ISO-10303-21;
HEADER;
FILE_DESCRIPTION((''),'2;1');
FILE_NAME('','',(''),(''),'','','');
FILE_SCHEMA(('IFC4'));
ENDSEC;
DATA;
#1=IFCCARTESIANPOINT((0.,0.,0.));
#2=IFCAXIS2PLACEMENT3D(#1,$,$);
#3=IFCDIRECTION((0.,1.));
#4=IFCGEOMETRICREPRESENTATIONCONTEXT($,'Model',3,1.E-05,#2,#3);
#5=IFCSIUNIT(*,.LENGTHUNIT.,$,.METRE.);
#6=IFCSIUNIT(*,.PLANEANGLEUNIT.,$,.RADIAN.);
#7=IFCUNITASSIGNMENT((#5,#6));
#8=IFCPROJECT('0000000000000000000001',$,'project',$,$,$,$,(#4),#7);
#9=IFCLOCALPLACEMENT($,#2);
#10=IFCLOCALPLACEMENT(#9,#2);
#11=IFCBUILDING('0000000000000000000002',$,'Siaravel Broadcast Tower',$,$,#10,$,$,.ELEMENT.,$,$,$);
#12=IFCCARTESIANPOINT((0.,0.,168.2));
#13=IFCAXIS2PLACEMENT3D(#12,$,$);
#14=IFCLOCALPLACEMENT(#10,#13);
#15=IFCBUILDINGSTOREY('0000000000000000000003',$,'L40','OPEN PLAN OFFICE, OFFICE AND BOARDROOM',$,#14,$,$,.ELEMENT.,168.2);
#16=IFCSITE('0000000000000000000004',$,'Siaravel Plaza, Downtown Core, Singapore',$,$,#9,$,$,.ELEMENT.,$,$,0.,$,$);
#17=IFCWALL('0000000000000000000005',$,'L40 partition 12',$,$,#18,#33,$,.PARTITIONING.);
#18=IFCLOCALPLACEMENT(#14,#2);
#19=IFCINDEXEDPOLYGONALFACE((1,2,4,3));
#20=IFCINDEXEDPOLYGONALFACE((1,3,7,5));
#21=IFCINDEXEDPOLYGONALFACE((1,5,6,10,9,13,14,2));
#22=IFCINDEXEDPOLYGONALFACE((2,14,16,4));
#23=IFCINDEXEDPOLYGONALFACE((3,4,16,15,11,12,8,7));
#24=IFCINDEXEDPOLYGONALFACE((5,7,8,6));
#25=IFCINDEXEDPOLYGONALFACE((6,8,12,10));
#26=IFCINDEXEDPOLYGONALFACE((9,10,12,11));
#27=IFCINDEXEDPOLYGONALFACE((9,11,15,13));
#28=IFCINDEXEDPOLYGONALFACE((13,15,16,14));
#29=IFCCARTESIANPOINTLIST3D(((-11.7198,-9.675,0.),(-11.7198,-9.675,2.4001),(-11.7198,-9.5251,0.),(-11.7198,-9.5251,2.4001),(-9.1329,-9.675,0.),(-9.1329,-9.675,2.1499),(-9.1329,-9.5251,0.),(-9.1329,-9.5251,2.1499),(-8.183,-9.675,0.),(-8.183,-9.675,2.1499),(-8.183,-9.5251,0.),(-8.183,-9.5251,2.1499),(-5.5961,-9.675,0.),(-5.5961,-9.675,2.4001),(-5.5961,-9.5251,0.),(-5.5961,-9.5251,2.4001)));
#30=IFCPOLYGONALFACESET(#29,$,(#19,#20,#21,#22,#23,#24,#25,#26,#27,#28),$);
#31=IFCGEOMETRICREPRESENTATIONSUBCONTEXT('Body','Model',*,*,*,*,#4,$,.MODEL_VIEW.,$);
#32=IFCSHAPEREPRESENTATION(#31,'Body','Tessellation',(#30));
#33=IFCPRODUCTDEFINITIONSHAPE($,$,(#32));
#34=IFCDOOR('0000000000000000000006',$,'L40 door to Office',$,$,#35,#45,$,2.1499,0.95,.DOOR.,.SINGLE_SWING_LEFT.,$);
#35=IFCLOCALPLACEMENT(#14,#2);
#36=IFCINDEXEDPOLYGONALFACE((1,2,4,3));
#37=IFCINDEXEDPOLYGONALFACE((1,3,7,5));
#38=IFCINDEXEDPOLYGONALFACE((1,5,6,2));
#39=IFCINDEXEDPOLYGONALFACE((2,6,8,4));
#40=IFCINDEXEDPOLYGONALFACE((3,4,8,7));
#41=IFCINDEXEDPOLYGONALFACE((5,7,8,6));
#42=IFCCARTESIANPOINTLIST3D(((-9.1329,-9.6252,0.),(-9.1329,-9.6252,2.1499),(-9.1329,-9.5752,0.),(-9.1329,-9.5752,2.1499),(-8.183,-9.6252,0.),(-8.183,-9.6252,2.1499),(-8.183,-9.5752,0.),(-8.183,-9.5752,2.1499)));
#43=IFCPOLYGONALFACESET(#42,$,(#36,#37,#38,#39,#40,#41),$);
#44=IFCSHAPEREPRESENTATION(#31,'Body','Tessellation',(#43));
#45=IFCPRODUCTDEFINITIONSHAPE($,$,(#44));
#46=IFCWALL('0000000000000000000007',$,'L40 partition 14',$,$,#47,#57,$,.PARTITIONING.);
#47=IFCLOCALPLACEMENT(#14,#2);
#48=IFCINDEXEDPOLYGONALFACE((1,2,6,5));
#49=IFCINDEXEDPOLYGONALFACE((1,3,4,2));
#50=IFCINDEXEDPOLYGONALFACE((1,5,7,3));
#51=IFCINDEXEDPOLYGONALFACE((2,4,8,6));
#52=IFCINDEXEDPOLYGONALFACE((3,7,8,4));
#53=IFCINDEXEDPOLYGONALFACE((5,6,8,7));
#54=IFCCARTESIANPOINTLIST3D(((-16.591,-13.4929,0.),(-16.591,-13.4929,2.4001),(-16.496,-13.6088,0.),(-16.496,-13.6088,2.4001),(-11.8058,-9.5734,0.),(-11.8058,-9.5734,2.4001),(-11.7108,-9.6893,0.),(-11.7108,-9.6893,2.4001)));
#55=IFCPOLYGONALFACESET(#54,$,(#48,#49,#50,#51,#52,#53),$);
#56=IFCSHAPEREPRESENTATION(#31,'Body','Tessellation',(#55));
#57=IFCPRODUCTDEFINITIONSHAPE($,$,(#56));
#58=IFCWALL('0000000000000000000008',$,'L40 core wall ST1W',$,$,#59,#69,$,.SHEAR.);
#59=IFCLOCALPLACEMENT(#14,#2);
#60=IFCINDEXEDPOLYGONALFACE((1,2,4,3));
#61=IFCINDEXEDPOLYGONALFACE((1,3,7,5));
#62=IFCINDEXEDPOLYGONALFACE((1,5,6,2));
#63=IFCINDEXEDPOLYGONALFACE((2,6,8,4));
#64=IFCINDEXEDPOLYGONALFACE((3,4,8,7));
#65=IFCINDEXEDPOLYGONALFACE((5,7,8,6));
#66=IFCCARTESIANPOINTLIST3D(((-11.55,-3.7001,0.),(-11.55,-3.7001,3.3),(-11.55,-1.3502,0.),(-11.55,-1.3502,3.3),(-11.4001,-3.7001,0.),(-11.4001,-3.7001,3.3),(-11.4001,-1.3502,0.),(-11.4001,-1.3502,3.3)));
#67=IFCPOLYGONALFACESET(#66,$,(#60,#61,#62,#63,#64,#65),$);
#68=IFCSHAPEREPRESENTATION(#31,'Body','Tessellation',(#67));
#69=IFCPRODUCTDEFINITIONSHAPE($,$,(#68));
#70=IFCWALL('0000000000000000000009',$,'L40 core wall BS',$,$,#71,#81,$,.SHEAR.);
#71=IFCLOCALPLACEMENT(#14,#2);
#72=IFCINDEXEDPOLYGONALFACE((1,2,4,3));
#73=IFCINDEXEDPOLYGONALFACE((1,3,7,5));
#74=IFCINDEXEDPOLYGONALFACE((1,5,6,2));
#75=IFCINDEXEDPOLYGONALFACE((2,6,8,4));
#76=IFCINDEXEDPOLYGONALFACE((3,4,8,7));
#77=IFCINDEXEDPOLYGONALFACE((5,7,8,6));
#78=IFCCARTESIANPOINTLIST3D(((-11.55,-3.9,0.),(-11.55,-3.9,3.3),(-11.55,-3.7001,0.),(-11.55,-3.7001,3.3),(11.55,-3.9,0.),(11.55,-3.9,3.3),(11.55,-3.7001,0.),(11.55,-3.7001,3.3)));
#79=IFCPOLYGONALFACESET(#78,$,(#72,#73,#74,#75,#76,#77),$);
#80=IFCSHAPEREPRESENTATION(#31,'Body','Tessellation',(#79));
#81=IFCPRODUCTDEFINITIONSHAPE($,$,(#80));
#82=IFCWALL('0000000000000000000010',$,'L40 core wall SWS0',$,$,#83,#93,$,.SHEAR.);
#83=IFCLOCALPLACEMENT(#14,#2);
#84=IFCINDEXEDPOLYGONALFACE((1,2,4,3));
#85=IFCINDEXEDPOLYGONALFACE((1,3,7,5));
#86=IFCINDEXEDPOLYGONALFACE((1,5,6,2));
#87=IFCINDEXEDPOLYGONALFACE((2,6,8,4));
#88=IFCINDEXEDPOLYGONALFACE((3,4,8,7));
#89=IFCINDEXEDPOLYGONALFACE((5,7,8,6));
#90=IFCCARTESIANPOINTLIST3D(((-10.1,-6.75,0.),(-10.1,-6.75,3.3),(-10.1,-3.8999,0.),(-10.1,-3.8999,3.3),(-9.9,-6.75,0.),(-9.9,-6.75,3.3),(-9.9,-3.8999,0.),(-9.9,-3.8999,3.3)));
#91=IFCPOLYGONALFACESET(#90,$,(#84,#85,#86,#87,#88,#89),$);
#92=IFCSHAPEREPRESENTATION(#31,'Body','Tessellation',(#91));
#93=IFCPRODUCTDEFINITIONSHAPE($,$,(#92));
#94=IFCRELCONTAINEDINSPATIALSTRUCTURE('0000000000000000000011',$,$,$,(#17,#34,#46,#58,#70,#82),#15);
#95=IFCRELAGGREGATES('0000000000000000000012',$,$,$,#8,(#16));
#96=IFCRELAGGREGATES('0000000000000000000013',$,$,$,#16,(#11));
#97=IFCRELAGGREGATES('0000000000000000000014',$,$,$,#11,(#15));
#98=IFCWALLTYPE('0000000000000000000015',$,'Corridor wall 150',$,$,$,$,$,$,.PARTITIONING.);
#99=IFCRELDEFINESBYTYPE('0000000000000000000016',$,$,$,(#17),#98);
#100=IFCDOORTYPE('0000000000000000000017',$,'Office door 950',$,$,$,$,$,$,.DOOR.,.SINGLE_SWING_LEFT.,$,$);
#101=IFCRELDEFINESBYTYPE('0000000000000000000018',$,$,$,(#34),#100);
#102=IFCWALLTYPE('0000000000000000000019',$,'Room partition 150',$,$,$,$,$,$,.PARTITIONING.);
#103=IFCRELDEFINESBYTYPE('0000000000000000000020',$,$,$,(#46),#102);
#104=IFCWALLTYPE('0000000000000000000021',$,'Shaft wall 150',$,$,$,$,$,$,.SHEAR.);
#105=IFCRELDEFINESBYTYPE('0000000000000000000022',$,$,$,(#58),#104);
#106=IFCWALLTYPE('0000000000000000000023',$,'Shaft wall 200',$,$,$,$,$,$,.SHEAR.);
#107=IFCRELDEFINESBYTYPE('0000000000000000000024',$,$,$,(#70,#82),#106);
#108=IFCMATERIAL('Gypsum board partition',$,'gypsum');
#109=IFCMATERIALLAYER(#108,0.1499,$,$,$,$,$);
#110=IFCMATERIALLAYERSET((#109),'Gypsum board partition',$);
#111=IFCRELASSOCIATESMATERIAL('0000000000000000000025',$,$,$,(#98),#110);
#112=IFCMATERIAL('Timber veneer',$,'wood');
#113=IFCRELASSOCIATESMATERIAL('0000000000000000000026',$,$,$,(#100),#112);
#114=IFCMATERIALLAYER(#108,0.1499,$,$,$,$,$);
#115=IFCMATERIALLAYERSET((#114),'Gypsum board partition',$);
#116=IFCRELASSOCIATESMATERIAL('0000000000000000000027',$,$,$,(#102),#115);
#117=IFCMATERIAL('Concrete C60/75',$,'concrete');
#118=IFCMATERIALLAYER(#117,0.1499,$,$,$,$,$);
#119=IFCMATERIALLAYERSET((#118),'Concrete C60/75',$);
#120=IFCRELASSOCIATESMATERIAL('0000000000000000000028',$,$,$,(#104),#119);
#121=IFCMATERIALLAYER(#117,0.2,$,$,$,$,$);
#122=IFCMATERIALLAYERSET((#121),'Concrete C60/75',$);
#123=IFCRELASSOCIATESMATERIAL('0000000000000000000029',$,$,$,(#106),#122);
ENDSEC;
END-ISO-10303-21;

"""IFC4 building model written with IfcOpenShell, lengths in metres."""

from ifc_helpers import new_model, si_unit, direction, frame, frame_2d, origin, place, context, subcontext, project, spatial, rectangle, extrude, material, layer, layer_set, type_object, element, fill, save


model = new_model("IFC4")

# Units and contexts
model_context = context("Model", 3, precision=1e-05, world=origin(), true_north=direction((0.0, 1.0)))
body_context = subcontext(model_context, "Body", "Model", "MODEL_VIEW")
ifc_project = project(units=[si_unit("LENGTHUNIT", "METRE"), si_unit("PLANEANGLEUNIT", "RADIAN")], contexts=[model_context])

# Site, building, storey
site_placement = place(None, origin())
site = spatial("IfcSite", under=ifc_project, at=site_placement, Name="Siaravel Plaza, Downtown Core, Singapore", CompositionType="ELEMENT", RefElevation=0.0)
building_placement = place(site_placement, origin())
building = spatial("IfcBuilding", under=site, at=building_placement, Name="Siaravel Broadcast Tower", CompositionType="ELEMENT")
storey_placement = place(building_placement, frame((0.0, 0.0, 168.2)))
storey = spatial("IfcBuildingStorey", under=building, at=storey_placement, Name="L40", Description="OPEN PLAN OFFICE, OFFICE AND BOARDROOM", CompositionType="ELEMENT", Elevation=168.2)

# Shared definitions
ifc_material_1 = material(Name="Concrete C60/75", Category="concrete")

# Shared definitions
ifc_material_2 = material(Name="Timber veneer", Category="wood")

# Wall, opening, door
ifc_material_3 = material(Name="Gypsum board partition", Category="gypsum")
ifc_layer_1 = layer(ifc_material_3, 0.1499)
ifc_layer_set_1 = layer_set([ifc_layer_1], Name="Gypsum board partition")
wall_type_1 = type_object("IfcWallType", Name="Corridor wall 150", PredefinedType="PARTITIONING", material=ifc_layer_set_1)
wall_1_placement = place(storey_placement, frame((-11.72, -9.6001, 0.0), z_axis=(0.0, 0.0, 1.0), x_axis=(1.0, 0.0, 0.0)))
wall_1 = element("IfcWall", 1, at=wall_1_placement, inside=storey, type_object=wall_type_1, Name="L40 partition 12", PredefinedType="PARTITIONING", context=body_context, shape_type="SweptSolid", body=[
    extrude(rectangle(XDim=6.1238, YDim=0.1499, at=frame_2d((3.062, 0.0))), origin(), (0.0, 0.0, 1.0), 2.4001),
])
opening_1_placement = place(wall_1_placement, frame((2.5869, 0.0, 0.0)))
opening_1 = element("IfcOpeningElement", 2, at=opening_1_placement, cuts=wall_1, PredefinedType="OPENING", context=body_context, shape_type="SweptSolid", body=[
    extrude(rectangle(XDim=0.95, YDim=2.1499, at=frame_2d((0.4751, 1.075))), frame((0.0, 0.085, 0.0), z_axis=(0.0, -1.0, 0.0), x_axis=(1.0, 0.0, 0.0)), (0.0, 0.0, 1.0), 0.1699),
])
door_type_1 = type_object("IfcDoorType", Name="Office door 950", OperationType="SINGLE_SWING_LEFT", PredefinedType="DOOR", material=ifc_material_2)
door_1_placement = place(opening_1_placement, origin())
door_1 = element("IfcDoor", 3, at=door_1_placement, inside=storey, type_object=door_type_1, Name="L40 door to Office", OperationType="SINGLE_SWING_LEFT", OverallHeight=2.1499, OverallWidth=0.95, PredefinedType="DOOR", context=body_context, shape_type="SweptSolid", body=[
    extrude(rectangle(XDim=0.95, YDim=2.1499, at=frame_2d((0.4751, 1.075))), frame((0.0, 0.0249, 0.0), z_axis=(0.0, -1.0, 0.0), x_axis=(1.0, 0.0, 0.0)), (0.0, 0.0, 1.0), 0.05),
])
fill(opening_1, door_1)

# Walls
ifc_layer_2 = layer(ifc_material_3, 0.1499)
ifc_layer_set_2 = layer_set([ifc_layer_2], Name="Gypsum board partition")
wall_type_2 = type_object("IfcWallType", Name="Room partition 150", PredefinedType="PARTITIONING", material=ifc_layer_set_2)
wall_2_placement = place(storey_placement, frame((-11.7583, -9.6313, 0.0), z_axis=(0.0, 0.0, 1.0), x_axis=(-0.773616, -0.633655, 0.0)))
element("IfcWall", 4, at=wall_2_placement, inside=storey, type_object=wall_type_2, Name="L40 partition 14", PredefinedType="PARTITIONING", context=body_context, shape_type="SweptSolid", body=[
    extrude(rectangle(XDim=6.1855, YDim=0.1499, at=frame_2d((3.0928, 0.0))), origin(), (0.0, 0.0, 1.0), 2.4001),
])
ifc_layer_3 = layer(ifc_material_1, 0.1499)
ifc_layer_set_3 = layer_set([ifc_layer_3], Name="Concrete C60/75")
wall_type_3 = type_object("IfcWallType", Name="Shaft wall 150", PredefinedType="SHEAR", material=ifc_layer_set_3)
wall_3_placement = place(storey_placement, frame((-11.4751, -3.7, 0.0), z_axis=(0.0, 0.0, 1.0), x_axis=(0.0, 1.0, 0.0)))
element("IfcWall", 5, at=wall_3_placement, inside=storey, type_object=wall_type_3, Name="L40 core wall ST1W", PredefinedType="SHEAR", context=body_context, shape_type="SweptSolid", body=[
    extrude(rectangle(XDim=2.3499, YDim=0.1499, at=frame_2d((1.1748, 0.0))), origin(), (0.0, 0.0, 1.0), 3.3),
])
ifc_layer_4 = layer(ifc_material_1, 0.2)
ifc_layer_set_4 = layer_set([ifc_layer_4], Name="Concrete C60/75")
wall_type_4 = type_object("IfcWallType", Name="Shaft wall 200", PredefinedType="SHEAR", material=ifc_layer_set_4)
wall_4_placement = place(storey_placement, frame((-11.55, -3.8, 0.0), z_axis=(0.0, 0.0, 1.0), x_axis=(1.0, 0.0, 0.0)))
element("IfcWall", 6, at=wall_4_placement, inside=storey, type_object=wall_type_4, Name="L40 core wall BS", PredefinedType="SHEAR", context=body_context, shape_type="SweptSolid", body=[
    extrude(rectangle(XDim=23.1001, YDim=0.2, at=frame_2d((11.55, 0.0))), origin(), (0.0, 0.0, 1.0), 3.3),
])
wall_5_placement = place(storey_placement, frame((-10.0, -6.75, 0.0), z_axis=(0.0, 0.0, 1.0), x_axis=(0.0, 1.0, 0.0)))
element("IfcWall", 7, at=wall_5_placement, inside=storey, type_object=wall_type_4, Name="L40 core wall SWS0", PredefinedType="SHEAR", context=body_context, shape_type="SweptSolid", body=[
    extrude(rectangle(XDim=2.8501, YDim=0.2, at=frame_2d((1.425, 0.0))), origin(), (0.0, 0.0, 1.0), 3.3),
])

save(model, "model.ifc")
